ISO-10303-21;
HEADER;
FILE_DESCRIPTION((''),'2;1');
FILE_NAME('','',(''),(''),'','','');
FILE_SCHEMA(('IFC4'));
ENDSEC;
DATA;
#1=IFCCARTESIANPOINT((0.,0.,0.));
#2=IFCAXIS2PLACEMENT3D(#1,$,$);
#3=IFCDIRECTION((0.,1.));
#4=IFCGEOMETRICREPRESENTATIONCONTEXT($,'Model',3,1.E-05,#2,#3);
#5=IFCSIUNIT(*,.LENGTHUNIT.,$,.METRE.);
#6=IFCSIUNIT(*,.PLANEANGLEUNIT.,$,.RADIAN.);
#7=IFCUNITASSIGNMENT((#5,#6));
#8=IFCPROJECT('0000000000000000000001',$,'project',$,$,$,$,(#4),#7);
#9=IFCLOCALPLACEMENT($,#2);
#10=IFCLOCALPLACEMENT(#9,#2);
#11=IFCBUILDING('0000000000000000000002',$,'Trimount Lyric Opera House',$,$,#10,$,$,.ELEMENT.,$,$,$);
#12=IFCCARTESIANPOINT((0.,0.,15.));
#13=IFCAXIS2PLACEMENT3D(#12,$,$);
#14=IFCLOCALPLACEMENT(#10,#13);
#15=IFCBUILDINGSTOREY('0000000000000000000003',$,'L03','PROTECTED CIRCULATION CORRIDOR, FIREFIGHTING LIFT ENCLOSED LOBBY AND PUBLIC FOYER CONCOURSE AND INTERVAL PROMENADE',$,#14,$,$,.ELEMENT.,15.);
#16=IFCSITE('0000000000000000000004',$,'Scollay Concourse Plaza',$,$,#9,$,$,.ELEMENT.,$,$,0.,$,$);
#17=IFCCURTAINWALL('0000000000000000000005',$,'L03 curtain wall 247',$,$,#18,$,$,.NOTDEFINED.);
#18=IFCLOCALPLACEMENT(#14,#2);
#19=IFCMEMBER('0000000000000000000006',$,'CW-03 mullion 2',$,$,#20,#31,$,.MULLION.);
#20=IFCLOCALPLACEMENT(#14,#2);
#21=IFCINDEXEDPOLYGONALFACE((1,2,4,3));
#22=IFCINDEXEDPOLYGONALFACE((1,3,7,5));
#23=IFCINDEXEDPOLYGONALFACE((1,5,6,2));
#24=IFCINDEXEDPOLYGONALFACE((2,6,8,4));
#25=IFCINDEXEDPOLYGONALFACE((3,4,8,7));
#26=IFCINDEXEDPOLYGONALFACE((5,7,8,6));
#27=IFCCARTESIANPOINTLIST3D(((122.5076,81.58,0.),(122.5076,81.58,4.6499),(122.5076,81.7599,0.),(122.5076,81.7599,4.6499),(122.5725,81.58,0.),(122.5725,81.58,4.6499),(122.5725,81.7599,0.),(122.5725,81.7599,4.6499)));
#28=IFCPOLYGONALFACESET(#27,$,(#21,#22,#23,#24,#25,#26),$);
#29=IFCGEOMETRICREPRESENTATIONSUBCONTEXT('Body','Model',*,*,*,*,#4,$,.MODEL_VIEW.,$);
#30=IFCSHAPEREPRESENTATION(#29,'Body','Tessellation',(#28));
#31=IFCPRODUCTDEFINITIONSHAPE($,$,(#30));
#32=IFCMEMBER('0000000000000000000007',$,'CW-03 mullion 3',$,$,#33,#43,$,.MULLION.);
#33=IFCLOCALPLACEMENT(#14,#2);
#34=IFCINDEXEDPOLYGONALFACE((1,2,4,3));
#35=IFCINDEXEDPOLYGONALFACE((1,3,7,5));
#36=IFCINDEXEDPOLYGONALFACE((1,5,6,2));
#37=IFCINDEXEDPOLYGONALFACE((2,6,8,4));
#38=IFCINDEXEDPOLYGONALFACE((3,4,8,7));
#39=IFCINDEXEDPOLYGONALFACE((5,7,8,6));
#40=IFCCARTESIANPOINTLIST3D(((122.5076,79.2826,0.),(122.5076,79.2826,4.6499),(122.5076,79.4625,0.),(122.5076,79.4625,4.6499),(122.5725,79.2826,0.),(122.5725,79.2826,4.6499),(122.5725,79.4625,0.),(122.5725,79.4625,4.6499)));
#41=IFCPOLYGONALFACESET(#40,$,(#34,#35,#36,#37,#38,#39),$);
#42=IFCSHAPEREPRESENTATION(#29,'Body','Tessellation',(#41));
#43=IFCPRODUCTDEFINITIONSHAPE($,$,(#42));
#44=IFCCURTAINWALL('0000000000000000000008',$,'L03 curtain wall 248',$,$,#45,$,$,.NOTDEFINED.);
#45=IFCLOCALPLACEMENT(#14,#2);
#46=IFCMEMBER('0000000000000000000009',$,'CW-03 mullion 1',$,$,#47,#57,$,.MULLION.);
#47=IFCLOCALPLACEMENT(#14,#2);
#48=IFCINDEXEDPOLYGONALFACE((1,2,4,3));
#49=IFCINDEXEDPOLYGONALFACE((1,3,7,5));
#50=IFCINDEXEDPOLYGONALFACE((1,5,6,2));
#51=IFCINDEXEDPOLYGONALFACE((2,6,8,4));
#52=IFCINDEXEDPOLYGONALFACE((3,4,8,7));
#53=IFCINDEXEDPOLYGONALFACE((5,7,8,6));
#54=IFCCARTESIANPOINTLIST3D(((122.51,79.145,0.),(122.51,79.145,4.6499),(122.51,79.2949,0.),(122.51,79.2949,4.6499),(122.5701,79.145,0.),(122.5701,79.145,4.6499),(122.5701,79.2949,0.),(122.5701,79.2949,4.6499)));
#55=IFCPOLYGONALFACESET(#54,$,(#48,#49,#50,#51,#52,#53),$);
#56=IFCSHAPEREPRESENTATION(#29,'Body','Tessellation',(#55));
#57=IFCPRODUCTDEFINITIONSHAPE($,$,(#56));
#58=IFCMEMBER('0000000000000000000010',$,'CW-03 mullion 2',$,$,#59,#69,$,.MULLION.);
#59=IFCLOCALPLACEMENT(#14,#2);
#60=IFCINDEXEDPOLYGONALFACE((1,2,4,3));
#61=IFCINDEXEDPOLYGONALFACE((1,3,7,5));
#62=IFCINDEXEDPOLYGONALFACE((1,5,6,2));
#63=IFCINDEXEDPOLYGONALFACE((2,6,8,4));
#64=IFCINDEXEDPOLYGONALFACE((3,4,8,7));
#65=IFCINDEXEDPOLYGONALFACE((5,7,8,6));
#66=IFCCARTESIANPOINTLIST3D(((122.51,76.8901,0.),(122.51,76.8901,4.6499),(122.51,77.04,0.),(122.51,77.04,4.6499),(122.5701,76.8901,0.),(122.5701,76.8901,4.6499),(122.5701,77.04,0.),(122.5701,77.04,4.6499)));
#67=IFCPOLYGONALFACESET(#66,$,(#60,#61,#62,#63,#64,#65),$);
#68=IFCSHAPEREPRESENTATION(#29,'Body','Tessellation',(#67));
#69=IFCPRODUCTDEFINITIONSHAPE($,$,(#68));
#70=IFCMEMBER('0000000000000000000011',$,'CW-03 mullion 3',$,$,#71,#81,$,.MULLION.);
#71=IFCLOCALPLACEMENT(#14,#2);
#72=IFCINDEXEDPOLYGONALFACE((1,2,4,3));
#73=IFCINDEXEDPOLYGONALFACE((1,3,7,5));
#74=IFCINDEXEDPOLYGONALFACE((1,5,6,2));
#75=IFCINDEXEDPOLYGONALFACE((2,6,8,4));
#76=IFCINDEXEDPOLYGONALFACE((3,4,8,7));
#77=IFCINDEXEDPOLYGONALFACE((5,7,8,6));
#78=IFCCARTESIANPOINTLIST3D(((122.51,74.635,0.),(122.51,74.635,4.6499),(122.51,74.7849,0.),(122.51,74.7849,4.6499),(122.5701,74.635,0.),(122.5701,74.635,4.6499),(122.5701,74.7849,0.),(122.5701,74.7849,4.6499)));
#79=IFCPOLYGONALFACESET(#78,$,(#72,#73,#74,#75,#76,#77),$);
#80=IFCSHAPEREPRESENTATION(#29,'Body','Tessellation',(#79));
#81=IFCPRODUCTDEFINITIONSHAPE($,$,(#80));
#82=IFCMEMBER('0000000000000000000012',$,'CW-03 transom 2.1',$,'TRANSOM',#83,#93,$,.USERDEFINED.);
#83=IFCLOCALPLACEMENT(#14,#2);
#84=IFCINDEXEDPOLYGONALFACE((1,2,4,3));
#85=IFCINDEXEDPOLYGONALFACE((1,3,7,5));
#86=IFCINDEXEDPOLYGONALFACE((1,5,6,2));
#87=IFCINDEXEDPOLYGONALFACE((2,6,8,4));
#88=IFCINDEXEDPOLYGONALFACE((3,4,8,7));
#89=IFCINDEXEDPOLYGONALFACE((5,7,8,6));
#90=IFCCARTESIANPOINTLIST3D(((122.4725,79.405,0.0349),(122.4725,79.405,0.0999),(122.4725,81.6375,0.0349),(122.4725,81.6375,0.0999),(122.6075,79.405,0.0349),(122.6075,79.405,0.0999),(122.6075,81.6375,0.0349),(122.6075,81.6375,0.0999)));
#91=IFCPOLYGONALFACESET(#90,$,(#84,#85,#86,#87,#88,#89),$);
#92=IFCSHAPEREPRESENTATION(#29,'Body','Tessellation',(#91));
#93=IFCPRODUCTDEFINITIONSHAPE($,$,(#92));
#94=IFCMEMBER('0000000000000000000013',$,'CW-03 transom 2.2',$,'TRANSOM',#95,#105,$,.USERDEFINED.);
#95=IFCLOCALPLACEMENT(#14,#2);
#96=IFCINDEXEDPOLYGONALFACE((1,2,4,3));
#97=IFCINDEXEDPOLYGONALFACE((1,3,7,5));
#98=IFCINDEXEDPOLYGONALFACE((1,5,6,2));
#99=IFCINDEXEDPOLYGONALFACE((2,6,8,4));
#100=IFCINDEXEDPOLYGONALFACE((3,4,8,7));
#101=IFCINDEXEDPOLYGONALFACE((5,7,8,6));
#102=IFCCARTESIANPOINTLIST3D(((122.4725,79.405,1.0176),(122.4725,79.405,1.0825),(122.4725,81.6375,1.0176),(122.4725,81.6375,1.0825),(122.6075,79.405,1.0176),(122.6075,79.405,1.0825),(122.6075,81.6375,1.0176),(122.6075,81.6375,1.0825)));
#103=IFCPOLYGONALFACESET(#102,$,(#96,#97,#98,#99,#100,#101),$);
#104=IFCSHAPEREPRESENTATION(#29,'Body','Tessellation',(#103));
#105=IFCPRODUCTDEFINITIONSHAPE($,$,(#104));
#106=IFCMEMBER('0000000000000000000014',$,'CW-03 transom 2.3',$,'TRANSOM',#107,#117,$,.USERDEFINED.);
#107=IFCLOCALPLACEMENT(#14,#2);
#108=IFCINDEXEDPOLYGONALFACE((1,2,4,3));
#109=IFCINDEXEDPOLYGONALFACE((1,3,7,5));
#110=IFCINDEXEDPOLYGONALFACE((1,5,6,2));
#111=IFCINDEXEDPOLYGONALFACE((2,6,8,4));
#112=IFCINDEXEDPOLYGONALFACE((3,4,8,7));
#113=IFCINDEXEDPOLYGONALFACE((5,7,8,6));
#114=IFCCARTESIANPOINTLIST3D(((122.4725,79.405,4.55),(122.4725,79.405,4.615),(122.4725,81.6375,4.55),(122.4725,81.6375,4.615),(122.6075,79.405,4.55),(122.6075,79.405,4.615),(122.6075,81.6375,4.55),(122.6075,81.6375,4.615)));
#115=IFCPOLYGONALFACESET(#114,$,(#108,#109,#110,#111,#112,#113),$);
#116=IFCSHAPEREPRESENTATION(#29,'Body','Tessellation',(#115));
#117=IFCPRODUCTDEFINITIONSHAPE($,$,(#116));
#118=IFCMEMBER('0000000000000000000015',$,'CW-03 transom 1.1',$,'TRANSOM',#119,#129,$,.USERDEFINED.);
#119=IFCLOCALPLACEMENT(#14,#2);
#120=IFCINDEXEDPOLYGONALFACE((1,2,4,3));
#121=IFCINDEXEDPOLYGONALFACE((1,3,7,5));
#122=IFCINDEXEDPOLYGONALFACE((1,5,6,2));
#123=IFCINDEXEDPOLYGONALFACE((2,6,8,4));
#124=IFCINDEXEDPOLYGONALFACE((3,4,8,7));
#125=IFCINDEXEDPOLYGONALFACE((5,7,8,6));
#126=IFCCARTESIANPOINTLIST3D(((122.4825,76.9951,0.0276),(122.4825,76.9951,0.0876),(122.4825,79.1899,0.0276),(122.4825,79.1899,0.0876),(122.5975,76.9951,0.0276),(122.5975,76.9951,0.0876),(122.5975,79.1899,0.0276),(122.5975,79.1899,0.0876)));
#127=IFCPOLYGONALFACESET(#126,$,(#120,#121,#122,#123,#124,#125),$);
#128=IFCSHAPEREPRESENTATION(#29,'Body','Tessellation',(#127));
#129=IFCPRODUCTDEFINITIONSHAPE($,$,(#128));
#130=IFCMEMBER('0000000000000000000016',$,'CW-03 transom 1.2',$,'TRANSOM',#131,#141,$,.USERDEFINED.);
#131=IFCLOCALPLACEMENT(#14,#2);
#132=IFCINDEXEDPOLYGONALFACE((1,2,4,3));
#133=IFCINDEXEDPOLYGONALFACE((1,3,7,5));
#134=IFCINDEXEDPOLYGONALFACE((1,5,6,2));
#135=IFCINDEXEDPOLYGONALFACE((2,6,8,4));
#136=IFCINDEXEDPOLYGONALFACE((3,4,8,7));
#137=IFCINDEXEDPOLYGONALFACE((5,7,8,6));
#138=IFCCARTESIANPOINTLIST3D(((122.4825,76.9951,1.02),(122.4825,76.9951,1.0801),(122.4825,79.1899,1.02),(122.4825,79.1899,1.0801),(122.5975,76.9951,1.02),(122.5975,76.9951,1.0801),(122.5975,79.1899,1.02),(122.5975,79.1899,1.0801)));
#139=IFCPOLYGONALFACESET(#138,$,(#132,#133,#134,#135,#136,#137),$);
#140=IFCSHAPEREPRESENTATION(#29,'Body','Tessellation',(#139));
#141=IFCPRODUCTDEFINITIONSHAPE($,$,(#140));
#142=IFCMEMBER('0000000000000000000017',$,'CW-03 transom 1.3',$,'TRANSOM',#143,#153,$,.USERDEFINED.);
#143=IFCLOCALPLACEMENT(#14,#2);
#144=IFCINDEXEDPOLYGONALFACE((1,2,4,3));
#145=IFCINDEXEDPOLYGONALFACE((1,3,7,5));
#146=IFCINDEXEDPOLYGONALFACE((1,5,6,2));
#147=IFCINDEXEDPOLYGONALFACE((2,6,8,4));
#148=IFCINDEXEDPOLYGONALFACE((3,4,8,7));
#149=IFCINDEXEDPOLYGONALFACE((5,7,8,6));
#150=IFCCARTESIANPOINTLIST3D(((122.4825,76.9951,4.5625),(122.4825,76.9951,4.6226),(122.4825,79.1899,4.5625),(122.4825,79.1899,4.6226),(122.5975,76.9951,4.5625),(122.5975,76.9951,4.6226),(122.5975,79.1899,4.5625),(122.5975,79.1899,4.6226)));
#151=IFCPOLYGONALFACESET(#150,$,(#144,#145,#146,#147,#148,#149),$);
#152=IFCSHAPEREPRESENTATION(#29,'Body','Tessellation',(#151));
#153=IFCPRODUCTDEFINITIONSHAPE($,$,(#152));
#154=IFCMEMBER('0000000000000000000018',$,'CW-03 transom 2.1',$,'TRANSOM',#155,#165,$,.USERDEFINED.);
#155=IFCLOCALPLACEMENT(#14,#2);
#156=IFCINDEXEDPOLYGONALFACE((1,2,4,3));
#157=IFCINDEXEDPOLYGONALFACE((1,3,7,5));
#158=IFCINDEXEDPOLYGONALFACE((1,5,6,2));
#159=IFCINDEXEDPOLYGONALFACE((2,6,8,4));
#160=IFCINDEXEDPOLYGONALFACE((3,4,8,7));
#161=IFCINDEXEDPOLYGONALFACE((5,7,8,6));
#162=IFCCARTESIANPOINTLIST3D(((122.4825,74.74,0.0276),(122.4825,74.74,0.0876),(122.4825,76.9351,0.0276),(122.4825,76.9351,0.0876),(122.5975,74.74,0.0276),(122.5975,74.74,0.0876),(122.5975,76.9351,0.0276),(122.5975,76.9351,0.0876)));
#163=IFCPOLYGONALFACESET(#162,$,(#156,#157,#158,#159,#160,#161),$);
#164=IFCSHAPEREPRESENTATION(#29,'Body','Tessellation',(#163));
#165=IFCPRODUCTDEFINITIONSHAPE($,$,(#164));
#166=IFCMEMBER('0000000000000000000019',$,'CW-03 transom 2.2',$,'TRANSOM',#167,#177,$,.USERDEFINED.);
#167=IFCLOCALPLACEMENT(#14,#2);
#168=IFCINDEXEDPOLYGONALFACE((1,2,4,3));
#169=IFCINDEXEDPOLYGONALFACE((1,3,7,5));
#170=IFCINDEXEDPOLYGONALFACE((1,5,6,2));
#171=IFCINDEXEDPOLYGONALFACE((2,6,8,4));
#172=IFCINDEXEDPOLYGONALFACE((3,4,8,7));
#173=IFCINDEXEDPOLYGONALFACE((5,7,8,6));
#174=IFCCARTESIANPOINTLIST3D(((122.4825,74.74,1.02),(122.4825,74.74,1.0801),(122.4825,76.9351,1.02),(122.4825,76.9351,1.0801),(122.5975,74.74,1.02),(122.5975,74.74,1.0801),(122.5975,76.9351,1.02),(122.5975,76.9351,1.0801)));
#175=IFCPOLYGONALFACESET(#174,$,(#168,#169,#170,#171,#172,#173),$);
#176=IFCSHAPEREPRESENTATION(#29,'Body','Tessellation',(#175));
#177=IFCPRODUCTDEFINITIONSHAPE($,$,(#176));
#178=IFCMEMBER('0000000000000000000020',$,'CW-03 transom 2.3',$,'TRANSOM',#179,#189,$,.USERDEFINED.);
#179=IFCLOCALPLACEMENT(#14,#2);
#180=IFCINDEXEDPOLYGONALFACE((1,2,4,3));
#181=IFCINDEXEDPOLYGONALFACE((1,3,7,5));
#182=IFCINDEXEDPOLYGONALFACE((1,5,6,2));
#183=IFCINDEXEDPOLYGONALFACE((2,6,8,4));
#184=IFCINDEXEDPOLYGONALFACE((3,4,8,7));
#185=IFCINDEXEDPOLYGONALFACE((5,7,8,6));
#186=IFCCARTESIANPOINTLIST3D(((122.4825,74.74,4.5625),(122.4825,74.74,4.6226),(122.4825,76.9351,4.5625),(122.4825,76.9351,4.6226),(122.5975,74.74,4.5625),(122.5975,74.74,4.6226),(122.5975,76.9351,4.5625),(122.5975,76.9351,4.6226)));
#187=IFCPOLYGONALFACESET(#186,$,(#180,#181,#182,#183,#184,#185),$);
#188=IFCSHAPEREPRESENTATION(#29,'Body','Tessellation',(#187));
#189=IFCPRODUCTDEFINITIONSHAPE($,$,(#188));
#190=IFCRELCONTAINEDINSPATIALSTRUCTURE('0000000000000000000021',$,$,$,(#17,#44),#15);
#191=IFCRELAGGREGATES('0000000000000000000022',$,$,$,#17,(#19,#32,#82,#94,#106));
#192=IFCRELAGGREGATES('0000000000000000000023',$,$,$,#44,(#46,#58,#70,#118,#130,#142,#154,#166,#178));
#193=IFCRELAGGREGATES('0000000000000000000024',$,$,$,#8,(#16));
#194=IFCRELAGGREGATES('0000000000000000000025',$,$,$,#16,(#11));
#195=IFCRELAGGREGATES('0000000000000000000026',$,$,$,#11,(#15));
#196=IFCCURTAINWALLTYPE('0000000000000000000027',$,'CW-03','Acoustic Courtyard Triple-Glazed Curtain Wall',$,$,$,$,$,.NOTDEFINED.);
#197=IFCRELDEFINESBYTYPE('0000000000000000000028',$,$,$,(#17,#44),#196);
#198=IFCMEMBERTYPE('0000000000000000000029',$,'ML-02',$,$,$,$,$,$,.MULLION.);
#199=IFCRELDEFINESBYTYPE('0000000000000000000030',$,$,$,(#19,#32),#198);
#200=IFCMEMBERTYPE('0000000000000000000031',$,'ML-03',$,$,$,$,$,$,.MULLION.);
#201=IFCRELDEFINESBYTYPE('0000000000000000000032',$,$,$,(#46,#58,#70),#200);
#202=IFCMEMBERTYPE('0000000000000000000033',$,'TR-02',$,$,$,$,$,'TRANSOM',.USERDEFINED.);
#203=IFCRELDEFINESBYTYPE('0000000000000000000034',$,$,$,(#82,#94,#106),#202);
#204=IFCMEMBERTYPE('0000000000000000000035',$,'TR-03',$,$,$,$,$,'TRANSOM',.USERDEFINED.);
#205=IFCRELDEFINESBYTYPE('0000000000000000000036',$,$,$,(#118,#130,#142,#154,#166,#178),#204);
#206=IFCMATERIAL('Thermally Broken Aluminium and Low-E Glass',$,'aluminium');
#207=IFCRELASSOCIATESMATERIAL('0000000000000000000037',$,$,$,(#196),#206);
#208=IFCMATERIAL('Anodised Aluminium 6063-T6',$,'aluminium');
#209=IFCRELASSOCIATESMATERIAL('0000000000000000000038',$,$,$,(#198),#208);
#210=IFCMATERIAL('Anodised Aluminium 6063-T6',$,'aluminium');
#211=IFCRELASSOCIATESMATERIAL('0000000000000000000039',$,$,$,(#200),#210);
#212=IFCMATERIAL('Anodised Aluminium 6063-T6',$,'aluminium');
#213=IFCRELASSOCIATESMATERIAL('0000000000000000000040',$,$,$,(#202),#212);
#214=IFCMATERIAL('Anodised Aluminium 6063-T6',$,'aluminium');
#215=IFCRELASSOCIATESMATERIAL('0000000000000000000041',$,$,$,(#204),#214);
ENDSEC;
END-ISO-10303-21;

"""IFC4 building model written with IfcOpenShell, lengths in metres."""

from ifc_helpers import new_model, si_unit, direction, frame, origin, origin_2d, place, context, subcontext, project, spatial, rectangle, extrude, material, material_profile, profile_set, type_object, element, aggregate, save


model = new_model("IFC4")

# Units and contexts
model_context = context("Model", 3, precision=1e-05, world=origin(), true_north=direction((0.0, 1.0)))
body_context = subcontext(model_context, "Body", "Model", "MODEL_VIEW")
ifc_project = project(units=[si_unit("LENGTHUNIT", "METRE"), si_unit("PLANEANGLEUNIT", "RADIAN")], contexts=[model_context])

# Site, building, storey
site_placement = place(None, origin())
site = spatial("IfcSite", under=ifc_project, at=site_placement, Name="Scollay Concourse Plaza", CompositionType="ELEMENT", RefElevation=0.0)
building_placement = place(site_placement, origin())
building = spatial("IfcBuilding", under=site, at=building_placement, Name="Trimount Lyric Opera House", CompositionType="ELEMENT")
storey_placement = place(building_placement, frame((0.0, 0.0, 15.0)))
storey = spatial("IfcBuildingStorey", under=building, at=storey_placement, Name="L03", Description="PROTECTED CIRCULATION CORRIDOR, FIREFIGHTING LIFT ENCLOSED LOBBY AND PUBLIC FOYER CONCOURSE AND INTERVAL PROMENADE", CompositionType="ELEMENT", Elevation=15.0)

# Curtain walls, members
ifc_material_1 = material(Name="Thermally Broken Aluminium and Low-E Glass", Category="aluminium")
curtain_wall_type = type_object("IfcCurtainWallType", Name="CW-03", Description="Acoustic Courtyard Triple-Glazed Curtain Wall", PredefinedType="NOTDEFINED", material=ifc_material_1)
curtain_wall_1_placement = place(storey_placement, origin())
curtain_wall_1 = element("IfcCurtainWall", 1, at=curtain_wall_1_placement, inside=storey, type_object=curtain_wall_type, Name="L03 curtain wall 247", PredefinedType="NOTDEFINED")
ifc_material_2 = material(Name="Anodised Aluminium 6063-T6", Category="aluminium")
ifc_material_profile_1 = material_profile(ifc_material_2, rectangle(XDim=0.0649, YDim=0.1799, at=origin_2d()), Name="ALU-MULL-65X180")
ifc_profile_set_1 = profile_set([ifc_material_profile_1], Name="Anodised Aluminium 6063-T6")
member_type_1 = type_object("IfcMemberType", Name="ML-02", PredefinedType="MULLION", material=ifc_profile_set_1)
member_1_placement = place(storey_placement, frame((122.54, 81.6699, 0.0), z_axis=(0.0, 0.0, 1.0), x_axis=(1.0, 0.0, 0.0)))
member_1 = element("IfcMember", 2, at=member_1_placement, type_object=member_type_1, Name="CW-03 mullion 2", PredefinedType="MULLION", context=body_context, shape_type="SweptSolid", body=[
    extrude(rectangle(XDim=0.0649, YDim=0.1799, at=origin_2d()), origin(), (0.0, 0.0, 1.0), 4.6499),
])
member_2_placement = place(storey_placement, frame((122.54, 79.3726, 0.0), z_axis=(0.0, 0.0, 1.0), x_axis=(1.0, 0.0, 0.0)))
member_2 = element("IfcMember", 3, at=member_2_placement, type_object=member_type_1, Name="CW-03 mullion 3", PredefinedType="MULLION", context=body_context, shape_type="SweptSolid", body=[
    extrude(rectangle(XDim=0.0649, YDim=0.1799, at=origin_2d()), origin(), (0.0, 0.0, 1.0), 4.6499),
])
curtain_wall_2_placement = place(storey_placement, origin())
curtain_wall_2 = element("IfcCurtainWall", 4, at=curtain_wall_2_placement, inside=storey, type_object=curtain_wall_type, Name="L03 curtain wall 248", PredefinedType="NOTDEFINED")
ifc_material_3 = material(Name="Anodised Aluminium 6063-T6", Category="aluminium")
ifc_material_profile_2 = material_profile(ifc_material_3, rectangle(XDim=0.0601, YDim=0.1499, at=origin_2d()), Name="ALU-MULL-60X150")
ifc_profile_set_2 = profile_set([ifc_material_profile_2], Name="Anodised Aluminium 6063-T6")
member_type_2 = type_object("IfcMemberType", Name="ML-03", PredefinedType="MULLION", material=ifc_profile_set_2)
member_3_placement = place(storey_placement, frame((122.54, 79.22, 0.0), z_axis=(0.0, 0.0, 1.0), x_axis=(1.0, 0.0, 0.0)))
member_3 = element("IfcMember", 5, at=member_3_placement, type_object=member_type_2, Name="CW-03 mullion 1", PredefinedType="MULLION", context=body_context, shape_type="SweptSolid", body=[
    extrude(rectangle(XDim=0.0601, YDim=0.1499, at=origin_2d()), origin(), (0.0, 0.0, 1.0), 4.6499),
])
member_4_placement = place(storey_placement, frame((122.54, 76.9651, 0.0), z_axis=(0.0, 0.0, 1.0), x_axis=(1.0, 0.0, 0.0)))
member_4 = element("IfcMember", 6, at=member_4_placement, type_object=member_type_2, Name="CW-03 mullion 2", PredefinedType="MULLION", context=body_context, shape_type="SweptSolid", body=[
    extrude(rectangle(XDim=0.0601, YDim=0.1499, at=origin_2d()), origin(), (0.0, 0.0, 1.0), 4.6499),
])
member_5_placement = place(storey_placement, frame((122.54, 74.71, 0.0), z_axis=(0.0, 0.0, 1.0), x_axis=(1.0, 0.0, 0.0)))
member_5 = element("IfcMember", 7, at=member_5_placement, type_object=member_type_2, Name="CW-03 mullion 3", PredefinedType="MULLION", context=body_context, shape_type="SweptSolid", body=[
    extrude(rectangle(XDim=0.0601, YDim=0.1499, at=origin_2d()), origin(), (0.0, 0.0, 1.0), 4.6499),
])

# Members
ifc_material_4 = material(Name="Anodised Aluminium 6063-T6", Category="aluminium")
ifc_material_profile_3 = material_profile(ifc_material_4, rectangle(XDim=0.135, YDim=0.0649, at=origin_2d()), Name="ALU-TRAN-65X135")
ifc_profile_set_3 = profile_set([ifc_material_profile_3], Name="Anodised Aluminium 6063-T6")
member_type_3 = type_object("IfcMemberType", Name="TR-02", ElementType="TRANSOM", PredefinedType="USERDEFINED", material=ifc_profile_set_3)
member_6_placement = place(storey_placement, frame((122.54, 81.6375, 0.0674), z_axis=(0.0, -1.0, 0.0), x_axis=(1.0, 0.0, 0.0)))
member_6 = element("IfcMember", 8, at=member_6_placement, type_object=member_type_3, Name="CW-03 transom 2.1", ObjectType="TRANSOM", PredefinedType="USERDEFINED", context=body_context, shape_type="SweptSolid", body=[
    extrude(rectangle(XDim=0.135, YDim=0.0649, at=origin_2d()), origin(), (0.0, 0.0, 1.0), 2.2324),
])
member_7_placement = place(storey_placement, frame((122.54, 81.6375, 1.05), z_axis=(0.0, -1.0, 0.0), x_axis=(1.0, 0.0, 0.0)))
member_7 = element("IfcMember", 9, at=member_7_placement, type_object=member_type_3, Name="CW-03 transom 2.2", ObjectType="TRANSOM", PredefinedType="USERDEFINED", context=body_context, shape_type="SweptSolid", body=[
    extrude(rectangle(XDim=0.135, YDim=0.0649, at=origin_2d()), origin(), (0.0, 0.0, 1.0), 2.2324),
])
member_8_placement = place(storey_placement, frame((122.54, 81.6375, 4.5825), z_axis=(0.0, -1.0, 0.0), x_axis=(1.0, 0.0, 0.0)))
member_8 = element("IfcMember", 10, at=member_8_placement, type_object=member_type_3, Name="CW-03 transom 2.3", ObjectType="TRANSOM", PredefinedType="USERDEFINED", context=body_context, shape_type="SweptSolid", body=[
    extrude(rectangle(XDim=0.135, YDim=0.0649, at=origin_2d()), origin(), (0.0, 0.0, 1.0), 2.2324),
])
ifc_material_5 = material(Name="Anodised Aluminium 6063-T6", Category="aluminium")
ifc_material_profile_4 = material_profile(ifc_material_5, rectangle(XDim=0.115, YDim=0.0601, at=origin_2d()), Name="ALU-TRAN-60X115")
ifc_profile_set_4 = profile_set([ifc_material_profile_4], Name="Anodised Aluminium 6063-T6")
member_type_4 = type_object("IfcMemberType", Name="TR-03", ElementType="TRANSOM", PredefinedType="USERDEFINED", material=ifc_profile_set_4)
member_9_placement = place(storey_placement, frame((122.54, 79.1899, 0.0576), z_axis=(0.0, -1.0, 0.0), x_axis=(1.0, 0.0, 0.0)))
member_9 = element("IfcMember", 11, at=member_9_placement, type_object=member_type_4, Name="CW-03 transom 1.1", ObjectType="TRANSOM", PredefinedType="USERDEFINED", context=body_context, shape_type="SweptSolid", body=[
    extrude(rectangle(XDim=0.115, YDim=0.0601, at=origin_2d()), origin(), (0.0, 0.0, 1.0), 2.1948),
])
member_10_placement = place(storey_placement, frame((122.54, 79.1899, 1.05), z_axis=(0.0, -1.0, 0.0), x_axis=(1.0, 0.0, 0.0)))
member_10 = element("IfcMember", 12, at=member_10_placement, type_object=member_type_4, Name="CW-03 transom 1.2", ObjectType="TRANSOM", PredefinedType="USERDEFINED", context=body_context, shape_type="SweptSolid", body=[
    extrude(rectangle(XDim=0.115, YDim=0.0601, at=origin_2d()), origin(), (0.0, 0.0, 1.0), 2.1948),
])
member_11_placement = place(storey_placement, frame((122.54, 79.1899, 4.5925), z_axis=(0.0, -1.0, 0.0), x_axis=(1.0, 0.0, 0.0)))
member_11 = element("IfcMember", 13, at=member_11_placement, type_object=member_type_4, Name="CW-03 transom 1.3", ObjectType="TRANSOM", PredefinedType="USERDEFINED", context=body_context, shape_type="SweptSolid", body=[
    extrude(rectangle(XDim=0.115, YDim=0.0601, at=origin_2d()), origin(), (0.0, 0.0, 1.0), 2.1948),
])
member_12_placement = place(storey_placement, frame((122.54, 76.9351, 0.0576), z_axis=(0.0, -1.0, 0.0), x_axis=(1.0, 0.0, 0.0)))
member_12 = element("IfcMember", 14, at=member_12_placement, type_object=member_type_4, Name="CW-03 transom 2.1", ObjectType="TRANSOM", PredefinedType="USERDEFINED", context=body_context, shape_type="SweptSolid", body=[
    extrude(rectangle(XDim=0.115, YDim=0.0601, at=origin_2d()), origin(), (0.0, 0.0, 1.0), 2.1951),
])
member_13_placement = place(storey_placement, frame((122.54, 76.9351, 1.05), z_axis=(0.0, -1.0, 0.0), x_axis=(1.0, 0.0, 0.0)))
member_13 = element("IfcMember", 15, at=member_13_placement, type_object=member_type_4, Name="CW-03 transom 2.2", ObjectType="TRANSOM", PredefinedType="USERDEFINED", context=body_context, shape_type="SweptSolid", body=[
    extrude(rectangle(XDim=0.115, YDim=0.0601, at=origin_2d()), origin(), (0.0, 0.0, 1.0), 2.1951),
])
member_14_placement = place(storey_placement, frame((122.54, 76.9351, 4.5925), z_axis=(0.0, -1.0, 0.0), x_axis=(1.0, 0.0, 0.0)))
member_14 = element("IfcMember", 16, at=member_14_placement, type_object=member_type_4, Name="CW-03 transom 2.3", ObjectType="TRANSOM", PredefinedType="USERDEFINED", context=body_context, shape_type="SweptSolid", body=[
    extrude(rectangle(XDim=0.115, YDim=0.0601, at=origin_2d()), origin(), (0.0, 0.0, 1.0), 2.1951),
])

aggregate(curtain_wall_1, [member_1, member_2, member_6, member_7, member_8])
aggregate(curtain_wall_2, [member_3, member_4, member_5, member_9, member_10, member_11, member_12, member_13, member_14])

save(model, "model.ifc")
